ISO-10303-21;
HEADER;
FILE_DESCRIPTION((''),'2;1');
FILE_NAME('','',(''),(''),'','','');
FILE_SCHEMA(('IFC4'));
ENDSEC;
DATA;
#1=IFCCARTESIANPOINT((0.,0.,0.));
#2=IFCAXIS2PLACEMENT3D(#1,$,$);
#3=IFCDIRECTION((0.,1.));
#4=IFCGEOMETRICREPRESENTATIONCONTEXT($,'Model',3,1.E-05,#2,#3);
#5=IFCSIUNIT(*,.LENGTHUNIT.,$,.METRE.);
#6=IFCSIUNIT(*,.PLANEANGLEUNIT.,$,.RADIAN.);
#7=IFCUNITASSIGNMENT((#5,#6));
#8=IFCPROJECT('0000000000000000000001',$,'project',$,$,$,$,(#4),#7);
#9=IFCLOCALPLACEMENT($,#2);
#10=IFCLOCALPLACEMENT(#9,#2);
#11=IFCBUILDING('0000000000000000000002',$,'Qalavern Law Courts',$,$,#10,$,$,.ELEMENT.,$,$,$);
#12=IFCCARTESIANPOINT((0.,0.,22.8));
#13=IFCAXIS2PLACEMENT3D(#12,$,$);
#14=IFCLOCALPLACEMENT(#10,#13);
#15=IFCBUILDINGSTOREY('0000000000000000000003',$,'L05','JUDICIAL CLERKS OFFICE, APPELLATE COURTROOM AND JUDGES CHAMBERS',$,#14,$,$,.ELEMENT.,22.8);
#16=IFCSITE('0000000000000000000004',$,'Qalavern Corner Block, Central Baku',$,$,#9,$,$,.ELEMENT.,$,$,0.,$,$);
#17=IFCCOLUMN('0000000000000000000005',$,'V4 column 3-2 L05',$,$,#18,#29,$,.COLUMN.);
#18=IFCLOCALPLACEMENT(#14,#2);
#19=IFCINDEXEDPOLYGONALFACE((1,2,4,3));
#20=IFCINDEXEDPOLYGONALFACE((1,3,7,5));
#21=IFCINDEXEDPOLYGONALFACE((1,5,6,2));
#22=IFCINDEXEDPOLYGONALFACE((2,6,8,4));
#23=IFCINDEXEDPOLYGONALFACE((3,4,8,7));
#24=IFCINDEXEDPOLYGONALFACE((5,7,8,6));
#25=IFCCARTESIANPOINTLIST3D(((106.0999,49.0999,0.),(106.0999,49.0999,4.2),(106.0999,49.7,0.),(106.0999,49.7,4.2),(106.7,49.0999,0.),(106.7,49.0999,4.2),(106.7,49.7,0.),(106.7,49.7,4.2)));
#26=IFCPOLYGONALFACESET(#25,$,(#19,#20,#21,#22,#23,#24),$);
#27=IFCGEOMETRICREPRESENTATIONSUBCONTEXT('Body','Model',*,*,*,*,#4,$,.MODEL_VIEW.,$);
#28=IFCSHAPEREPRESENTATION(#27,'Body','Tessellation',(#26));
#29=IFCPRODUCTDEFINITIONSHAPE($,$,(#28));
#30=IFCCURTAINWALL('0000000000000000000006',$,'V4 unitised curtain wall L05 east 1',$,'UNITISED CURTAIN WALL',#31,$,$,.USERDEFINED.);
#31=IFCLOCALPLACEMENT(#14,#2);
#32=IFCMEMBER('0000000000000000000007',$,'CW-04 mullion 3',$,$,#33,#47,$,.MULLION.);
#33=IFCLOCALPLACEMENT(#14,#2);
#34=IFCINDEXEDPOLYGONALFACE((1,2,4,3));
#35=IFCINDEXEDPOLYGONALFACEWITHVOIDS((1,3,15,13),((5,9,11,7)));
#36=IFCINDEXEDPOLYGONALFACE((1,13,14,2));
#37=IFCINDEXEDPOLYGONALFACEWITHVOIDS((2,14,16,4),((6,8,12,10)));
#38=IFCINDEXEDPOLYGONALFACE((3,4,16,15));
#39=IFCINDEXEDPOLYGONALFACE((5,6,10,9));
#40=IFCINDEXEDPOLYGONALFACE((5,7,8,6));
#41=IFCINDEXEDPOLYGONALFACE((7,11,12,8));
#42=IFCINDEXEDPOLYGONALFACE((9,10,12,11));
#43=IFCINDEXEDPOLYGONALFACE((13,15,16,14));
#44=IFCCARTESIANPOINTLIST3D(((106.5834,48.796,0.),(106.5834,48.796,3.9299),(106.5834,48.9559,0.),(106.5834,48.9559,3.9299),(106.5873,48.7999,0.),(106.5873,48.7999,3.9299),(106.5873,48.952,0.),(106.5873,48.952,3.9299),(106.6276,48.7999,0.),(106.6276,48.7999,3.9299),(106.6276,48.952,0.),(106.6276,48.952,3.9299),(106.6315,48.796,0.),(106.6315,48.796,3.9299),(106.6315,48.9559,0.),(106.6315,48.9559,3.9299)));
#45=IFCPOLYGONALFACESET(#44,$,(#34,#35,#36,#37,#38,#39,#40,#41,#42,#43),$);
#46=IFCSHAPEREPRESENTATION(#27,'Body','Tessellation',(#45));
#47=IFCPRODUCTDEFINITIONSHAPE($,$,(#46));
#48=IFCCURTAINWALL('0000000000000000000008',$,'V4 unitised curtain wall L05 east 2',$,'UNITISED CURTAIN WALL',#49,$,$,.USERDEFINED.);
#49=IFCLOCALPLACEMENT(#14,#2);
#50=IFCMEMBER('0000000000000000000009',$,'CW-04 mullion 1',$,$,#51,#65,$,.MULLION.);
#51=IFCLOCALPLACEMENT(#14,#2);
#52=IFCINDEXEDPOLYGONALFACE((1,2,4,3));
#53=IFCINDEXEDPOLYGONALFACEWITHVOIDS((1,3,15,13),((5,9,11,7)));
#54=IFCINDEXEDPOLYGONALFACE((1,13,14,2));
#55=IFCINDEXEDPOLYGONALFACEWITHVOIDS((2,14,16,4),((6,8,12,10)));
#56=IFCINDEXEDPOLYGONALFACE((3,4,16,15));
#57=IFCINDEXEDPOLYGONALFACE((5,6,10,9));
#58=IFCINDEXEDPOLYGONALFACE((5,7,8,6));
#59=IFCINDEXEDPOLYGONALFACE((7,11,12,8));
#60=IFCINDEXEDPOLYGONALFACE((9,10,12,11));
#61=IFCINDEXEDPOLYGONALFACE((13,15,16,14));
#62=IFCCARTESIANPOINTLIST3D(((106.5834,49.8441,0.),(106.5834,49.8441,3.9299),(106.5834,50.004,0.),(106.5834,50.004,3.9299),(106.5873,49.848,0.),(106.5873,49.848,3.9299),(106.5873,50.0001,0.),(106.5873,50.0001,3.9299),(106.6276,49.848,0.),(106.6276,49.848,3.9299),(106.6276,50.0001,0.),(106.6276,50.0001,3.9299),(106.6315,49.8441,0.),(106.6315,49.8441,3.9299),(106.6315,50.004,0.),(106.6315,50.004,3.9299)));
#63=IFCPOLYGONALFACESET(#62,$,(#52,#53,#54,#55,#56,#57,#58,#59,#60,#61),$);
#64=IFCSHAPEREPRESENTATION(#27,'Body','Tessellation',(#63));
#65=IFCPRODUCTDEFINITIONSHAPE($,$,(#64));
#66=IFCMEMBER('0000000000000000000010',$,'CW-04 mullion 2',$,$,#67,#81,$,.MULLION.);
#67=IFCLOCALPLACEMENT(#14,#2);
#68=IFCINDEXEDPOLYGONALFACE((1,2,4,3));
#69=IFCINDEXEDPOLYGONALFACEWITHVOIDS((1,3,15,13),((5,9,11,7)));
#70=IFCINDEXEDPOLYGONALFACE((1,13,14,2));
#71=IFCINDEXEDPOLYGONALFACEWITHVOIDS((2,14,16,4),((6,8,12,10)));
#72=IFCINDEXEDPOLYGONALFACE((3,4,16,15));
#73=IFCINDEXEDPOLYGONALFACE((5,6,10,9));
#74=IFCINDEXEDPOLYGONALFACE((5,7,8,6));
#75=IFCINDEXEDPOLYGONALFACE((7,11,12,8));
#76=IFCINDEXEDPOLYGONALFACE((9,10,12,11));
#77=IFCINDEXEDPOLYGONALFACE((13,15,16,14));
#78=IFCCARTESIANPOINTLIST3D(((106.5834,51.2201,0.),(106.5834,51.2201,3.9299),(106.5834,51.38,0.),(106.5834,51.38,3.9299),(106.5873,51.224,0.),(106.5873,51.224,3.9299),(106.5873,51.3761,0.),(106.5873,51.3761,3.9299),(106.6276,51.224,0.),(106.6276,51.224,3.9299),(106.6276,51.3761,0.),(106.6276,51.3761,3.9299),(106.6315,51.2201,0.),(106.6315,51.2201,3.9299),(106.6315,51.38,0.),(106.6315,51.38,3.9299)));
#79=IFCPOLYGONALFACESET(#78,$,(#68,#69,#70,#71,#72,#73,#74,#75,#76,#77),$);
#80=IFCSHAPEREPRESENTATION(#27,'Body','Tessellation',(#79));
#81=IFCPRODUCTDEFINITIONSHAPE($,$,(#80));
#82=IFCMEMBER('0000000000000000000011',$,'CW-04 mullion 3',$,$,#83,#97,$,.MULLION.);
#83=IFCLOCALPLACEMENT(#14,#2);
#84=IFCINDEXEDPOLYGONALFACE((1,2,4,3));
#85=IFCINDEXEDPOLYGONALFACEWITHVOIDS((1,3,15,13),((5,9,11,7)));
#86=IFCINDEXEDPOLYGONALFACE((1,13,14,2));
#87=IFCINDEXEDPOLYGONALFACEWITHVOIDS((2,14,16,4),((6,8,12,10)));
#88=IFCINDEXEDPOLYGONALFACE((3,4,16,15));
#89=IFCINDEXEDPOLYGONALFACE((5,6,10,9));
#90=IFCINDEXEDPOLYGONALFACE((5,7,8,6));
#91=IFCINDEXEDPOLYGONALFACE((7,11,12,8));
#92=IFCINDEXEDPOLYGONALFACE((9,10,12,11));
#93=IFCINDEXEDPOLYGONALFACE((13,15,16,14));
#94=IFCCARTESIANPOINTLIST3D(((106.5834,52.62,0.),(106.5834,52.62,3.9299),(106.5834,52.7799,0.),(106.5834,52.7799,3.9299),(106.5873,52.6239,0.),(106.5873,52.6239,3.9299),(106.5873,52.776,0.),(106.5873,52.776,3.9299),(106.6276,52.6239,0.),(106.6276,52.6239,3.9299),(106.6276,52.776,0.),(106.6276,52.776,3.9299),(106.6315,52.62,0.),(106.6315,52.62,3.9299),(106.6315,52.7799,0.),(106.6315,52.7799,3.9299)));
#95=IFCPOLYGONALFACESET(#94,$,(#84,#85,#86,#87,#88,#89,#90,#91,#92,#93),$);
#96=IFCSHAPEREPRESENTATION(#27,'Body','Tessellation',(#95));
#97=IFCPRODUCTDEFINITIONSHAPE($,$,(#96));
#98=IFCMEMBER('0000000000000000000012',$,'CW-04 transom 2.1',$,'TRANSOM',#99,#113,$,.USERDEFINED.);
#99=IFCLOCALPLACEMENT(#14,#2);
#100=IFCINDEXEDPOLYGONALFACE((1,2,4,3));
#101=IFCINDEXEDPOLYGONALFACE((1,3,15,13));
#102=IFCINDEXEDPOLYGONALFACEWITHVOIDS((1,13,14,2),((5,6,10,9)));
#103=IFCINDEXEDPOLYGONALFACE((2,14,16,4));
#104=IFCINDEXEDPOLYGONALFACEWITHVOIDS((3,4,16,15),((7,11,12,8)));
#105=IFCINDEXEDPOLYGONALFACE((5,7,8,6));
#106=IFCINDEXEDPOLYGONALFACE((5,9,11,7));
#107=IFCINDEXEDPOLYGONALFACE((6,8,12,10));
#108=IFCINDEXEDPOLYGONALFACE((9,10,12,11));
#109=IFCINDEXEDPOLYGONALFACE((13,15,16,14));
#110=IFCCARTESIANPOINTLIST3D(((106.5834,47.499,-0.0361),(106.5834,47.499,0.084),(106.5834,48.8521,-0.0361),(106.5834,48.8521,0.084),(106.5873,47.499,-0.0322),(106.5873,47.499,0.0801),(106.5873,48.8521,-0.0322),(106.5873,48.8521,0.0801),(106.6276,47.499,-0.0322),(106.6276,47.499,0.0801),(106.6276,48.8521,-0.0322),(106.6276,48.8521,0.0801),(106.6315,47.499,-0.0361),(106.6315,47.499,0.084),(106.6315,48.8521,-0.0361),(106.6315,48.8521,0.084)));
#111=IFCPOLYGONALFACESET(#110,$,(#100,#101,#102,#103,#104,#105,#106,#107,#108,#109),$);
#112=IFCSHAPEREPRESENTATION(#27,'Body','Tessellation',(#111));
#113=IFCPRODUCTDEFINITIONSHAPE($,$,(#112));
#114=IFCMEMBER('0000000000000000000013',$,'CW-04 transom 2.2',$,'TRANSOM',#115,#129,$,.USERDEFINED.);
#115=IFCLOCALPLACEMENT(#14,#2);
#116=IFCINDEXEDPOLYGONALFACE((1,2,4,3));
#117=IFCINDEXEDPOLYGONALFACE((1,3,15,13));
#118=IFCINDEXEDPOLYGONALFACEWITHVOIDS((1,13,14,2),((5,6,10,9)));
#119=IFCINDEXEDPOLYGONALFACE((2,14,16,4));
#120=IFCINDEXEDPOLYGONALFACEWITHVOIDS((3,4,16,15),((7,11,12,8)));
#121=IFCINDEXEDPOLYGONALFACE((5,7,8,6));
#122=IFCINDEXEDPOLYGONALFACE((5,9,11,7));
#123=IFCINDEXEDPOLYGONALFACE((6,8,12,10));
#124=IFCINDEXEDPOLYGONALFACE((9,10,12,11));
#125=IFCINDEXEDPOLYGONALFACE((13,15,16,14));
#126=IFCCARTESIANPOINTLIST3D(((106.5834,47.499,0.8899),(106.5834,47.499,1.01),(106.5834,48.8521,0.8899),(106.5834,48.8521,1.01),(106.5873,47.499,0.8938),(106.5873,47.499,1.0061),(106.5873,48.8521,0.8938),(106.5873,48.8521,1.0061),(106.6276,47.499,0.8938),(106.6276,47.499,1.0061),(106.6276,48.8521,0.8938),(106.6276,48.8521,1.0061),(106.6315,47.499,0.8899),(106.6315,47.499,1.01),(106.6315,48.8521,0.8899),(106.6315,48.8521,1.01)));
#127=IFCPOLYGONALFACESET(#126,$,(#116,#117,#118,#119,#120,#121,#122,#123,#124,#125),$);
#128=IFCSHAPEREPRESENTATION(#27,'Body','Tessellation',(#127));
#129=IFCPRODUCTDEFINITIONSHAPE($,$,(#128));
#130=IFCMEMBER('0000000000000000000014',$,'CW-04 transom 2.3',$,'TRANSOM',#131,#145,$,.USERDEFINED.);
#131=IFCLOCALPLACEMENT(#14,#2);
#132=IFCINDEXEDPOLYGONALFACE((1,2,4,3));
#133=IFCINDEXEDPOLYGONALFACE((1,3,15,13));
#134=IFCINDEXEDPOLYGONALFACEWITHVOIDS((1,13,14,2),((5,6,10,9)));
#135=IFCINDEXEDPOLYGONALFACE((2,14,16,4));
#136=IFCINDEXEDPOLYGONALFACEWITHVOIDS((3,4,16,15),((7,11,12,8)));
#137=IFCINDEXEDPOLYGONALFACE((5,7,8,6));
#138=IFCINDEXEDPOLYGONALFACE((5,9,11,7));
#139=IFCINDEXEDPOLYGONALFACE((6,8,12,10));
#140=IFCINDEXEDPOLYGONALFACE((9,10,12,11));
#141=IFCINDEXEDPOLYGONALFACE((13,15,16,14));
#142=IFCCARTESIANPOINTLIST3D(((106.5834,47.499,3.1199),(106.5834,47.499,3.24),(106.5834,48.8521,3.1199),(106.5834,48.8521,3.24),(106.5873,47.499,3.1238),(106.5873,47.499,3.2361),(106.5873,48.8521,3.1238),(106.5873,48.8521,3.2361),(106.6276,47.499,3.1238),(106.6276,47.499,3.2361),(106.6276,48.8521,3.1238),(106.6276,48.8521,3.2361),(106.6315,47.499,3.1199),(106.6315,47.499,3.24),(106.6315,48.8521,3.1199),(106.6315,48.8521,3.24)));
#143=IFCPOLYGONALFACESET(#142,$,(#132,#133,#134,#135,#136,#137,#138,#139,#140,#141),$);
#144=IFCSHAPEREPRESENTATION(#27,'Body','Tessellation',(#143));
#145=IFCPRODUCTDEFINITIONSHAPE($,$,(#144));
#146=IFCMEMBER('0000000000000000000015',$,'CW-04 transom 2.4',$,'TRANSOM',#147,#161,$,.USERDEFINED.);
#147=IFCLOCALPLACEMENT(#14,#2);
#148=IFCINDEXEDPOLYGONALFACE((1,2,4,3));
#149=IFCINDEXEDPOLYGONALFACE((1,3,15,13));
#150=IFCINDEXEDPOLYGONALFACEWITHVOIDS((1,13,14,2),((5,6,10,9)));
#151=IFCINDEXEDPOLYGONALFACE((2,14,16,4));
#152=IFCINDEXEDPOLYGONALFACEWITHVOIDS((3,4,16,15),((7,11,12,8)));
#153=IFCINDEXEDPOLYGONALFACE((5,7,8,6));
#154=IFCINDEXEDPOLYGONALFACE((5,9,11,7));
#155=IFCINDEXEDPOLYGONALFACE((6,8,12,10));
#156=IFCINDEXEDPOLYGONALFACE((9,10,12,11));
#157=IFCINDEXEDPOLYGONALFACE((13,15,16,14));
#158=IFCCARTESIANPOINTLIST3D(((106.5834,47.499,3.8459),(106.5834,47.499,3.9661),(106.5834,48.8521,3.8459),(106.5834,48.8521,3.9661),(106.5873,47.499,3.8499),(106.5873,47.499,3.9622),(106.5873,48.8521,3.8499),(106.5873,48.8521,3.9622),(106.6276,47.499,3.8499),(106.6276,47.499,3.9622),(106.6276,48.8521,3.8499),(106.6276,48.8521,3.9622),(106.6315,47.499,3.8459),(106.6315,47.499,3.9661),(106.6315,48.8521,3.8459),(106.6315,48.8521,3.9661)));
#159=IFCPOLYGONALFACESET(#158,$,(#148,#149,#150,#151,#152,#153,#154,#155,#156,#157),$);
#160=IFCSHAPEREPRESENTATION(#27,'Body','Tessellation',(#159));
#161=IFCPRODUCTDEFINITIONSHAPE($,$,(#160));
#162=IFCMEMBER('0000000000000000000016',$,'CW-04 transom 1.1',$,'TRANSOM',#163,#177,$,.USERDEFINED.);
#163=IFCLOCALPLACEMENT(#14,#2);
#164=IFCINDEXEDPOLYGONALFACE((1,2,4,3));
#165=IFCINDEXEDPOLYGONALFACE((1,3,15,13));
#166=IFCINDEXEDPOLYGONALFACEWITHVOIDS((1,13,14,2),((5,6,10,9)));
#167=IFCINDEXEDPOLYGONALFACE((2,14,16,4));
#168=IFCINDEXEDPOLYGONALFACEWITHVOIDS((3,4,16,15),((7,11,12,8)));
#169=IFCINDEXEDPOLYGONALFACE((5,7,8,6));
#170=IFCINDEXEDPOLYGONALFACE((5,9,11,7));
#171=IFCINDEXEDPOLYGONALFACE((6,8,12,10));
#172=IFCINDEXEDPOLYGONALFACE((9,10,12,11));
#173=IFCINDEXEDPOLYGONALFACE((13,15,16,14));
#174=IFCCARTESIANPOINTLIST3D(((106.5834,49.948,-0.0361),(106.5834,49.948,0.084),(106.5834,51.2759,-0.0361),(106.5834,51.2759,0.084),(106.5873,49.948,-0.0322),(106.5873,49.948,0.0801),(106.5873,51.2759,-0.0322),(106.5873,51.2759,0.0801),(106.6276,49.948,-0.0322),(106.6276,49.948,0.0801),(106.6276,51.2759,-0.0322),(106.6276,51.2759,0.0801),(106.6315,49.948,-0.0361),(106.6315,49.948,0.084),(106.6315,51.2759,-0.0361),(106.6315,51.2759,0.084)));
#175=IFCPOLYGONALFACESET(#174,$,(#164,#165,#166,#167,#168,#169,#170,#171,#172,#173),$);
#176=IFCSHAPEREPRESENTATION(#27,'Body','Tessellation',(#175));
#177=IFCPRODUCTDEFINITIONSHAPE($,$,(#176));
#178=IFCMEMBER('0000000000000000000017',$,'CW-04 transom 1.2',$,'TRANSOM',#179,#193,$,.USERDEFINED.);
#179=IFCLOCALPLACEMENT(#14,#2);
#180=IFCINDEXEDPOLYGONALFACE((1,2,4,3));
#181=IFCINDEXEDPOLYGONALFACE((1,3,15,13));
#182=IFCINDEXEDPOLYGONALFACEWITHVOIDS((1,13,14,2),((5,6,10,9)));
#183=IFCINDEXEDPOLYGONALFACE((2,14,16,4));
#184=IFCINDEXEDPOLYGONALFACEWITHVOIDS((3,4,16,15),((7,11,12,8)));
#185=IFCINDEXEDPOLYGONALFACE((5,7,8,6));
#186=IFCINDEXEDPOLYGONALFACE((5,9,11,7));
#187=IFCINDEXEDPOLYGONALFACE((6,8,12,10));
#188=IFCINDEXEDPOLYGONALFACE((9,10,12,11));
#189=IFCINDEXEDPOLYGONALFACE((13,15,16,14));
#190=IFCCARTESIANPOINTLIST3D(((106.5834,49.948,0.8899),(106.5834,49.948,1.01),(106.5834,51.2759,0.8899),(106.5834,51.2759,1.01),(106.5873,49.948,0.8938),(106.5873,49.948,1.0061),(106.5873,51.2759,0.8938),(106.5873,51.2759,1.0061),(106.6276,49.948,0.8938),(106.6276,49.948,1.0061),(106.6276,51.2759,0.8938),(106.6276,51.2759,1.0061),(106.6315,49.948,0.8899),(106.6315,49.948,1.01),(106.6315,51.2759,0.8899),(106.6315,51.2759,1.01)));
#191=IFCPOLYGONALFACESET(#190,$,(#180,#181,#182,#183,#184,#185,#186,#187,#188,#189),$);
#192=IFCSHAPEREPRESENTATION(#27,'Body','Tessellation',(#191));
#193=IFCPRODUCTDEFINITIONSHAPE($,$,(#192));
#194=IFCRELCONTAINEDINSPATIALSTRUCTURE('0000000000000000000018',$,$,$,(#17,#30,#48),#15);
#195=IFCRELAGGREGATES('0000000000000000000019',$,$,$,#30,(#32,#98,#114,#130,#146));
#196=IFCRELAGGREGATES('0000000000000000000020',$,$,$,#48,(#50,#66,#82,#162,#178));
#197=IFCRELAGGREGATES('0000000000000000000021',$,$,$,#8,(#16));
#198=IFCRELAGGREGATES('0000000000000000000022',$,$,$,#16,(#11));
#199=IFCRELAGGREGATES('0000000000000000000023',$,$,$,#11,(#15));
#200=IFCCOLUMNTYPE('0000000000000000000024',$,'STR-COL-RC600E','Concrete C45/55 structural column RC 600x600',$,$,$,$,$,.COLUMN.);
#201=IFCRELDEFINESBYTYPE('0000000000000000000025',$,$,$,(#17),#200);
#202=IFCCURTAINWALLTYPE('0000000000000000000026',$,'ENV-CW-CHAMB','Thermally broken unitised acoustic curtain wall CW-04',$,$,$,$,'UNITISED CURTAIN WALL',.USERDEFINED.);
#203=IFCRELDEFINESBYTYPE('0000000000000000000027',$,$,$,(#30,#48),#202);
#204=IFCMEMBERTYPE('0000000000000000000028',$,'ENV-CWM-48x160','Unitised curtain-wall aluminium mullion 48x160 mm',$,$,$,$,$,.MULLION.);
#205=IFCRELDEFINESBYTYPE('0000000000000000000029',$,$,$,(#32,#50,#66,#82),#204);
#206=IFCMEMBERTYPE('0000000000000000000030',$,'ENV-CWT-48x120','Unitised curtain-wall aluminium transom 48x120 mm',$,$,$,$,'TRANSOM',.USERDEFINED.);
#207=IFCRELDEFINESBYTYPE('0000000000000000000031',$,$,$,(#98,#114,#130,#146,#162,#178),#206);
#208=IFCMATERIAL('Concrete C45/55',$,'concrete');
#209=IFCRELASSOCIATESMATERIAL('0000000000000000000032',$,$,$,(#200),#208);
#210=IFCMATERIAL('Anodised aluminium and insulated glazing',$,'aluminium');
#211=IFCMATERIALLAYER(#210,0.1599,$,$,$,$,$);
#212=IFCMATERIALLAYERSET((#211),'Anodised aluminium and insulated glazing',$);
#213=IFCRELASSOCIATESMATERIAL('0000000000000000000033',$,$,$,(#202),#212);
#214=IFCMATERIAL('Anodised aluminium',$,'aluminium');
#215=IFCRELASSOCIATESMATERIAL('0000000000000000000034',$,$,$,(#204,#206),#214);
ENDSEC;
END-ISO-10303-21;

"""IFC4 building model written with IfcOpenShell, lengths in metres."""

from ifc_helpers import new_model, si_unit, direction, frame, origin, origin_2d, place, context, subcontext, project, spatial, rectangle, hollow_rectangle, extrude, material, layer, layer_set, material_profile, profile_set, type_object, element, aggregate, save


model = new_model("IFC4")

# Units and contexts
model_context = context("Model", 3, precision=1e-05, world=origin(), true_north=direction((0.0, 1.0)))
body_context = subcontext(model_context, "Body", "Model", "MODEL_VIEW")
ifc_project = project(units=[si_unit("LENGTHUNIT", "METRE"), si_unit("PLANEANGLEUNIT", "RADIAN")], contexts=[model_context])

# Site, building, storey
site_placement = place(None, origin())
site = spatial("IfcSite", under=ifc_project, at=site_placement, Name="Qalavern Corner Block, Central Baku", CompositionType="ELEMENT", RefElevation=0.0)
building_placement = place(site_placement, origin())
building = spatial("IfcBuilding", under=site, at=building_placement, Name="Qalavern Law Courts", CompositionType="ELEMENT")
storey_placement = place(building_placement, frame((0.0, 0.0, 22.8)))
storey = spatial("IfcBuildingStorey", under=building, at=storey_placement, Name="L05", Description="JUDICIAL CLERKS OFFICE, APPELLATE COURTROOM AND JUDGES CHAMBERS", CompositionType="ELEMENT", Elevation=22.8)

# Column
ifc_material_1 = material(Name="Concrete C45/55", Category="concrete")
ifc_material_profile_1 = material_profile(ifc_material_1, rectangle(XDim=0.6001, YDim=0.6001, at=origin_2d()), Name="RC 600x600")
ifc_profile_set_1 = profile_set([ifc_material_profile_1], Name="Concrete C45/55")
column_type = type_object("IfcColumnType", Name="STR-COL-RC600E", Description="Concrete C45/55 structural column RC 600x600", PredefinedType="COLUMN", material=ifc_profile_set_1)
column_placement = place(storey_placement, frame((106.3999, 49.3999, 0.0), z_axis=(0.0, 0.0, 1.0), x_axis=(1.0, 0.0, 0.0)))
element("IfcColumn", 1, at=column_placement, inside=storey, type_object=column_type, Name="V4 column 3-2 L05", PredefinedType="COLUMN", context=body_context, shape_type="SweptSolid", body=[
    extrude(rectangle(XDim=0.6001, YDim=0.6001, at=origin_2d()), origin(), (0.0, 0.0, 1.0), 4.2),
])

# Curtain wall, member
ifc_material_2 = material(Name="Anodised aluminium and insulated glazing", Category="aluminium")
ifc_layer_1 = layer(ifc_material_2, 0.1599)
ifc_layer_set_1 = layer_set([ifc_layer_1], Name="Anodised aluminium and insulated glazing")
curtain_wall_type = type_object("IfcCurtainWallType", Name="ENV-CW-CHAMB", Description="Thermally broken unitised acoustic curtain wall CW-04", ElementType="UNITISED CURTAIN WALL", PredefinedType="USERDEFINED", material=ifc_layer_set_1)
curtain_wall_1_placement = place(storey_placement, origin())
curtain_wall_1 = element("IfcCurtainWall", 2, at=curtain_wall_1_placement, inside=storey, type_object=curtain_wall_type, Name="V4 unitised curtain wall L05 east 1", ObjectType="UNITISED CURTAIN WALL", PredefinedType="USERDEFINED")
ifc_material_3 = material(Name="Anodised aluminium", Category="aluminium")
ifc_material_profile_2 = material_profile(ifc_material_3, hollow_rectangle(XDim=0.0481, YDim=0.1599, WallThickness=0.0039, at=origin_2d()), Name="ALU MULLION 48x160")
ifc_profile_set_2 = profile_set([ifc_material_profile_2], Name="Anodised aluminium")
member_type_1 = type_object("IfcMemberType", Name="ENV-CWM-48x160", Description="Unitised curtain-wall aluminium mullion 48x160 mm", PredefinedType="MULLION", material=ifc_profile_set_2)
member_1_placement = place(storey_placement, frame((106.6074, 48.876, 0.0), z_axis=(0.0, 0.0, 1.0), x_axis=(-1.0, 0.0, 0.0)))
member_1 = element("IfcMember", 3, at=member_1_placement, type_object=member_type_1, Name="CW-04 mullion 3", PredefinedType="MULLION", context=body_context, shape_type="SweptSolid", body=[
    extrude(hollow_rectangle(XDim=0.0481, YDim=0.1599, WallThickness=0.0039, at=origin_2d()), origin(), (0.0, 0.0, 1.0), 3.9299),
])

# Curtain wall, members
curtain_wall_2_placement = place(storey_placement, origin())
curtain_wall_2 = element("IfcCurtainWall", 4, at=curtain_wall_2_placement, inside=storey, type_object=curtain_wall_type, Name="V4 unitised curtain wall L05 east 2", ObjectType="UNITISED CURTAIN WALL", PredefinedType="USERDEFINED")
member_2_placement = place(storey_placement, frame((106.6074, 49.9241, 0.0), z_axis=(0.0, 0.0, 1.0), x_axis=(-1.0, 0.0, 0.0)))
member_2 = element("IfcMember", 5, at=member_2_placement, type_object=member_type_1, Name="CW-04 mullion 1", PredefinedType="MULLION", context=body_context, shape_type="SweptSolid", body=[
    extrude(hollow_rectangle(XDim=0.0481, YDim=0.1599, WallThickness=0.0039, at=origin_2d()), origin(), (0.0, 0.0, 1.0), 3.9299),
])
member_3_placement = place(storey_placement, frame((106.6074, 51.3, 0.0), z_axis=(0.0, 0.0, 1.0), x_axis=(-1.0, 0.0, 0.0)))
member_3 = element("IfcMember", 6, at=member_3_placement, type_object=member_type_1, Name="CW-04 mullion 2", PredefinedType="MULLION", context=body_context, shape_type="SweptSolid", body=[
    extrude(hollow_rectangle(XDim=0.0481, YDim=0.1599, WallThickness=0.0039, at=origin_2d()), origin(), (0.0, 0.0, 1.0), 3.9299),
])
member_4_placement = place(storey_placement, frame((106.6074, 52.7, 0.0), z_axis=(0.0, 0.0, 1.0), x_axis=(-1.0, 0.0, 0.0)))
member_4 = element("IfcMember", 7, at=member_4_placement, type_object=member_type_1, Name="CW-04 mullion 3", PredefinedType="MULLION", context=body_context, shape_type="SweptSolid", body=[
    extrude(hollow_rectangle(XDim=0.0481, YDim=0.1599, WallThickness=0.0039, at=origin_2d()), origin(), (0.0, 0.0, 1.0), 3.9299),
])

# Members
ifc_material_profile_3 = material_profile(ifc_material_3, hollow_rectangle(XDim=0.0481, YDim=0.1201, WallThickness=0.0039, at=origin_2d()), Name="ALU TRANSOM 48x120")
ifc_profile_set_3 = profile_set([ifc_material_profile_3], Name="Anodised aluminium")
member_type_2 = type_object("IfcMemberType", Name="ENV-CWT-48x120", Description="Unitised curtain-wall aluminium transom 48x120 mm", ElementType="TRANSOM", PredefinedType="USERDEFINED", material=ifc_profile_set_3)
member_5_placement = place(storey_placement, frame((106.6074, 47.499, 0.0239), z_axis=(0.0, 1.0, 0.0), x_axis=(-1.0, 0.0, 0.0)))
member_5 = element("IfcMember", 8, at=member_5_placement, type_object=member_type_2, Name="CW-04 transom 2.1", ObjectType="TRANSOM", PredefinedType="USERDEFINED", context=body_context, shape_type="SweptSolid", body=[
    extrude(hollow_rectangle(XDim=0.0481, YDim=0.1201, WallThickness=0.0039, at=origin_2d()), origin(), (0.0, 0.0, 1.0), 1.353),
])
member_6_placement = place(storey_placement, frame((106.6074, 47.499, 0.95), z_axis=(0.0, 1.0, 0.0), x_axis=(-1.0, 0.0, 0.0)))
member_6 = element("IfcMember", 9, at=member_6_placement, type_object=member_type_2, Name="CW-04 transom 2.2", ObjectType="TRANSOM", PredefinedType="USERDEFINED", context=body_context, shape_type="SweptSolid", body=[
    extrude(hollow_rectangle(XDim=0.0481, YDim=0.1201, WallThickness=0.0039, at=origin_2d()), origin(), (0.0, 0.0, 1.0), 1.353),
])
member_7_placement = place(storey_placement, frame((106.6074, 47.499, 3.1799), z_axis=(0.0, 1.0, 0.0), x_axis=(-1.0, 0.0, 0.0)))
member_7 = element("IfcMember", 10, at=member_7_placement, type_object=member_type_2, Name="CW-04 transom 2.3", ObjectType="TRANSOM", PredefinedType="USERDEFINED", context=body_context, shape_type="SweptSolid", body=[
    extrude(hollow_rectangle(XDim=0.0481, YDim=0.1201, WallThickness=0.0039, at=origin_2d()), origin(), (0.0, 0.0, 1.0), 1.353),
])
member_8_placement = place(storey_placement, frame((106.6074, 47.499, 3.906), z_axis=(0.0, 1.0, 0.0), x_axis=(-1.0, 0.0, 0.0)))
member_8 = element("IfcMember", 11, at=member_8_placement, type_object=member_type_2, Name="CW-04 transom 2.4", ObjectType="TRANSOM", PredefinedType="USERDEFINED", context=body_context, shape_type="SweptSolid", body=[
    extrude(hollow_rectangle(XDim=0.0481, YDim=0.1201, WallThickness=0.0039, at=origin_2d()), origin(), (0.0, 0.0, 1.0), 1.353),
])
member_9_placement = place(storey_placement, frame((106.6074, 49.948, 0.0239), z_axis=(0.0, 1.0, 0.0), x_axis=(-1.0, 0.0, 0.0)))
member_9 = element("IfcMember", 12, at=member_9_placement, type_object=member_type_2, Name="CW-04 transom 1.1", ObjectType="TRANSOM", PredefinedType="USERDEFINED", context=body_context, shape_type="SweptSolid", body=[
    extrude(hollow_rectangle(XDim=0.0481, YDim=0.1201, WallThickness=0.0039, at=origin_2d()), origin(), (0.0, 0.0, 1.0), 1.3279),
])
member_10_placement = place(storey_placement, frame((106.6074, 49.948, 0.95), z_axis=(0.0, 1.0, 0.0), x_axis=(-1.0, 0.0, 0.0)))
member_10 = element("IfcMember", 13, at=member_10_placement, type_object=member_type_2, Name="CW-04 transom 1.2", ObjectType="TRANSOM", PredefinedType="USERDEFINED", context=body_context, shape_type="SweptSolid", body=[
    extrude(hollow_rectangle(XDim=0.0481, YDim=0.1201, WallThickness=0.0039, at=origin_2d()), origin(), (0.0, 0.0, 1.0), 1.3279),
])

aggregate(curtain_wall_1, [member_1, member_5, member_6, member_7, member_8])
aggregate(curtain_wall_2, [member_2, member_3, member_4, member_9, member_10])

save(model, "model.ifc")
